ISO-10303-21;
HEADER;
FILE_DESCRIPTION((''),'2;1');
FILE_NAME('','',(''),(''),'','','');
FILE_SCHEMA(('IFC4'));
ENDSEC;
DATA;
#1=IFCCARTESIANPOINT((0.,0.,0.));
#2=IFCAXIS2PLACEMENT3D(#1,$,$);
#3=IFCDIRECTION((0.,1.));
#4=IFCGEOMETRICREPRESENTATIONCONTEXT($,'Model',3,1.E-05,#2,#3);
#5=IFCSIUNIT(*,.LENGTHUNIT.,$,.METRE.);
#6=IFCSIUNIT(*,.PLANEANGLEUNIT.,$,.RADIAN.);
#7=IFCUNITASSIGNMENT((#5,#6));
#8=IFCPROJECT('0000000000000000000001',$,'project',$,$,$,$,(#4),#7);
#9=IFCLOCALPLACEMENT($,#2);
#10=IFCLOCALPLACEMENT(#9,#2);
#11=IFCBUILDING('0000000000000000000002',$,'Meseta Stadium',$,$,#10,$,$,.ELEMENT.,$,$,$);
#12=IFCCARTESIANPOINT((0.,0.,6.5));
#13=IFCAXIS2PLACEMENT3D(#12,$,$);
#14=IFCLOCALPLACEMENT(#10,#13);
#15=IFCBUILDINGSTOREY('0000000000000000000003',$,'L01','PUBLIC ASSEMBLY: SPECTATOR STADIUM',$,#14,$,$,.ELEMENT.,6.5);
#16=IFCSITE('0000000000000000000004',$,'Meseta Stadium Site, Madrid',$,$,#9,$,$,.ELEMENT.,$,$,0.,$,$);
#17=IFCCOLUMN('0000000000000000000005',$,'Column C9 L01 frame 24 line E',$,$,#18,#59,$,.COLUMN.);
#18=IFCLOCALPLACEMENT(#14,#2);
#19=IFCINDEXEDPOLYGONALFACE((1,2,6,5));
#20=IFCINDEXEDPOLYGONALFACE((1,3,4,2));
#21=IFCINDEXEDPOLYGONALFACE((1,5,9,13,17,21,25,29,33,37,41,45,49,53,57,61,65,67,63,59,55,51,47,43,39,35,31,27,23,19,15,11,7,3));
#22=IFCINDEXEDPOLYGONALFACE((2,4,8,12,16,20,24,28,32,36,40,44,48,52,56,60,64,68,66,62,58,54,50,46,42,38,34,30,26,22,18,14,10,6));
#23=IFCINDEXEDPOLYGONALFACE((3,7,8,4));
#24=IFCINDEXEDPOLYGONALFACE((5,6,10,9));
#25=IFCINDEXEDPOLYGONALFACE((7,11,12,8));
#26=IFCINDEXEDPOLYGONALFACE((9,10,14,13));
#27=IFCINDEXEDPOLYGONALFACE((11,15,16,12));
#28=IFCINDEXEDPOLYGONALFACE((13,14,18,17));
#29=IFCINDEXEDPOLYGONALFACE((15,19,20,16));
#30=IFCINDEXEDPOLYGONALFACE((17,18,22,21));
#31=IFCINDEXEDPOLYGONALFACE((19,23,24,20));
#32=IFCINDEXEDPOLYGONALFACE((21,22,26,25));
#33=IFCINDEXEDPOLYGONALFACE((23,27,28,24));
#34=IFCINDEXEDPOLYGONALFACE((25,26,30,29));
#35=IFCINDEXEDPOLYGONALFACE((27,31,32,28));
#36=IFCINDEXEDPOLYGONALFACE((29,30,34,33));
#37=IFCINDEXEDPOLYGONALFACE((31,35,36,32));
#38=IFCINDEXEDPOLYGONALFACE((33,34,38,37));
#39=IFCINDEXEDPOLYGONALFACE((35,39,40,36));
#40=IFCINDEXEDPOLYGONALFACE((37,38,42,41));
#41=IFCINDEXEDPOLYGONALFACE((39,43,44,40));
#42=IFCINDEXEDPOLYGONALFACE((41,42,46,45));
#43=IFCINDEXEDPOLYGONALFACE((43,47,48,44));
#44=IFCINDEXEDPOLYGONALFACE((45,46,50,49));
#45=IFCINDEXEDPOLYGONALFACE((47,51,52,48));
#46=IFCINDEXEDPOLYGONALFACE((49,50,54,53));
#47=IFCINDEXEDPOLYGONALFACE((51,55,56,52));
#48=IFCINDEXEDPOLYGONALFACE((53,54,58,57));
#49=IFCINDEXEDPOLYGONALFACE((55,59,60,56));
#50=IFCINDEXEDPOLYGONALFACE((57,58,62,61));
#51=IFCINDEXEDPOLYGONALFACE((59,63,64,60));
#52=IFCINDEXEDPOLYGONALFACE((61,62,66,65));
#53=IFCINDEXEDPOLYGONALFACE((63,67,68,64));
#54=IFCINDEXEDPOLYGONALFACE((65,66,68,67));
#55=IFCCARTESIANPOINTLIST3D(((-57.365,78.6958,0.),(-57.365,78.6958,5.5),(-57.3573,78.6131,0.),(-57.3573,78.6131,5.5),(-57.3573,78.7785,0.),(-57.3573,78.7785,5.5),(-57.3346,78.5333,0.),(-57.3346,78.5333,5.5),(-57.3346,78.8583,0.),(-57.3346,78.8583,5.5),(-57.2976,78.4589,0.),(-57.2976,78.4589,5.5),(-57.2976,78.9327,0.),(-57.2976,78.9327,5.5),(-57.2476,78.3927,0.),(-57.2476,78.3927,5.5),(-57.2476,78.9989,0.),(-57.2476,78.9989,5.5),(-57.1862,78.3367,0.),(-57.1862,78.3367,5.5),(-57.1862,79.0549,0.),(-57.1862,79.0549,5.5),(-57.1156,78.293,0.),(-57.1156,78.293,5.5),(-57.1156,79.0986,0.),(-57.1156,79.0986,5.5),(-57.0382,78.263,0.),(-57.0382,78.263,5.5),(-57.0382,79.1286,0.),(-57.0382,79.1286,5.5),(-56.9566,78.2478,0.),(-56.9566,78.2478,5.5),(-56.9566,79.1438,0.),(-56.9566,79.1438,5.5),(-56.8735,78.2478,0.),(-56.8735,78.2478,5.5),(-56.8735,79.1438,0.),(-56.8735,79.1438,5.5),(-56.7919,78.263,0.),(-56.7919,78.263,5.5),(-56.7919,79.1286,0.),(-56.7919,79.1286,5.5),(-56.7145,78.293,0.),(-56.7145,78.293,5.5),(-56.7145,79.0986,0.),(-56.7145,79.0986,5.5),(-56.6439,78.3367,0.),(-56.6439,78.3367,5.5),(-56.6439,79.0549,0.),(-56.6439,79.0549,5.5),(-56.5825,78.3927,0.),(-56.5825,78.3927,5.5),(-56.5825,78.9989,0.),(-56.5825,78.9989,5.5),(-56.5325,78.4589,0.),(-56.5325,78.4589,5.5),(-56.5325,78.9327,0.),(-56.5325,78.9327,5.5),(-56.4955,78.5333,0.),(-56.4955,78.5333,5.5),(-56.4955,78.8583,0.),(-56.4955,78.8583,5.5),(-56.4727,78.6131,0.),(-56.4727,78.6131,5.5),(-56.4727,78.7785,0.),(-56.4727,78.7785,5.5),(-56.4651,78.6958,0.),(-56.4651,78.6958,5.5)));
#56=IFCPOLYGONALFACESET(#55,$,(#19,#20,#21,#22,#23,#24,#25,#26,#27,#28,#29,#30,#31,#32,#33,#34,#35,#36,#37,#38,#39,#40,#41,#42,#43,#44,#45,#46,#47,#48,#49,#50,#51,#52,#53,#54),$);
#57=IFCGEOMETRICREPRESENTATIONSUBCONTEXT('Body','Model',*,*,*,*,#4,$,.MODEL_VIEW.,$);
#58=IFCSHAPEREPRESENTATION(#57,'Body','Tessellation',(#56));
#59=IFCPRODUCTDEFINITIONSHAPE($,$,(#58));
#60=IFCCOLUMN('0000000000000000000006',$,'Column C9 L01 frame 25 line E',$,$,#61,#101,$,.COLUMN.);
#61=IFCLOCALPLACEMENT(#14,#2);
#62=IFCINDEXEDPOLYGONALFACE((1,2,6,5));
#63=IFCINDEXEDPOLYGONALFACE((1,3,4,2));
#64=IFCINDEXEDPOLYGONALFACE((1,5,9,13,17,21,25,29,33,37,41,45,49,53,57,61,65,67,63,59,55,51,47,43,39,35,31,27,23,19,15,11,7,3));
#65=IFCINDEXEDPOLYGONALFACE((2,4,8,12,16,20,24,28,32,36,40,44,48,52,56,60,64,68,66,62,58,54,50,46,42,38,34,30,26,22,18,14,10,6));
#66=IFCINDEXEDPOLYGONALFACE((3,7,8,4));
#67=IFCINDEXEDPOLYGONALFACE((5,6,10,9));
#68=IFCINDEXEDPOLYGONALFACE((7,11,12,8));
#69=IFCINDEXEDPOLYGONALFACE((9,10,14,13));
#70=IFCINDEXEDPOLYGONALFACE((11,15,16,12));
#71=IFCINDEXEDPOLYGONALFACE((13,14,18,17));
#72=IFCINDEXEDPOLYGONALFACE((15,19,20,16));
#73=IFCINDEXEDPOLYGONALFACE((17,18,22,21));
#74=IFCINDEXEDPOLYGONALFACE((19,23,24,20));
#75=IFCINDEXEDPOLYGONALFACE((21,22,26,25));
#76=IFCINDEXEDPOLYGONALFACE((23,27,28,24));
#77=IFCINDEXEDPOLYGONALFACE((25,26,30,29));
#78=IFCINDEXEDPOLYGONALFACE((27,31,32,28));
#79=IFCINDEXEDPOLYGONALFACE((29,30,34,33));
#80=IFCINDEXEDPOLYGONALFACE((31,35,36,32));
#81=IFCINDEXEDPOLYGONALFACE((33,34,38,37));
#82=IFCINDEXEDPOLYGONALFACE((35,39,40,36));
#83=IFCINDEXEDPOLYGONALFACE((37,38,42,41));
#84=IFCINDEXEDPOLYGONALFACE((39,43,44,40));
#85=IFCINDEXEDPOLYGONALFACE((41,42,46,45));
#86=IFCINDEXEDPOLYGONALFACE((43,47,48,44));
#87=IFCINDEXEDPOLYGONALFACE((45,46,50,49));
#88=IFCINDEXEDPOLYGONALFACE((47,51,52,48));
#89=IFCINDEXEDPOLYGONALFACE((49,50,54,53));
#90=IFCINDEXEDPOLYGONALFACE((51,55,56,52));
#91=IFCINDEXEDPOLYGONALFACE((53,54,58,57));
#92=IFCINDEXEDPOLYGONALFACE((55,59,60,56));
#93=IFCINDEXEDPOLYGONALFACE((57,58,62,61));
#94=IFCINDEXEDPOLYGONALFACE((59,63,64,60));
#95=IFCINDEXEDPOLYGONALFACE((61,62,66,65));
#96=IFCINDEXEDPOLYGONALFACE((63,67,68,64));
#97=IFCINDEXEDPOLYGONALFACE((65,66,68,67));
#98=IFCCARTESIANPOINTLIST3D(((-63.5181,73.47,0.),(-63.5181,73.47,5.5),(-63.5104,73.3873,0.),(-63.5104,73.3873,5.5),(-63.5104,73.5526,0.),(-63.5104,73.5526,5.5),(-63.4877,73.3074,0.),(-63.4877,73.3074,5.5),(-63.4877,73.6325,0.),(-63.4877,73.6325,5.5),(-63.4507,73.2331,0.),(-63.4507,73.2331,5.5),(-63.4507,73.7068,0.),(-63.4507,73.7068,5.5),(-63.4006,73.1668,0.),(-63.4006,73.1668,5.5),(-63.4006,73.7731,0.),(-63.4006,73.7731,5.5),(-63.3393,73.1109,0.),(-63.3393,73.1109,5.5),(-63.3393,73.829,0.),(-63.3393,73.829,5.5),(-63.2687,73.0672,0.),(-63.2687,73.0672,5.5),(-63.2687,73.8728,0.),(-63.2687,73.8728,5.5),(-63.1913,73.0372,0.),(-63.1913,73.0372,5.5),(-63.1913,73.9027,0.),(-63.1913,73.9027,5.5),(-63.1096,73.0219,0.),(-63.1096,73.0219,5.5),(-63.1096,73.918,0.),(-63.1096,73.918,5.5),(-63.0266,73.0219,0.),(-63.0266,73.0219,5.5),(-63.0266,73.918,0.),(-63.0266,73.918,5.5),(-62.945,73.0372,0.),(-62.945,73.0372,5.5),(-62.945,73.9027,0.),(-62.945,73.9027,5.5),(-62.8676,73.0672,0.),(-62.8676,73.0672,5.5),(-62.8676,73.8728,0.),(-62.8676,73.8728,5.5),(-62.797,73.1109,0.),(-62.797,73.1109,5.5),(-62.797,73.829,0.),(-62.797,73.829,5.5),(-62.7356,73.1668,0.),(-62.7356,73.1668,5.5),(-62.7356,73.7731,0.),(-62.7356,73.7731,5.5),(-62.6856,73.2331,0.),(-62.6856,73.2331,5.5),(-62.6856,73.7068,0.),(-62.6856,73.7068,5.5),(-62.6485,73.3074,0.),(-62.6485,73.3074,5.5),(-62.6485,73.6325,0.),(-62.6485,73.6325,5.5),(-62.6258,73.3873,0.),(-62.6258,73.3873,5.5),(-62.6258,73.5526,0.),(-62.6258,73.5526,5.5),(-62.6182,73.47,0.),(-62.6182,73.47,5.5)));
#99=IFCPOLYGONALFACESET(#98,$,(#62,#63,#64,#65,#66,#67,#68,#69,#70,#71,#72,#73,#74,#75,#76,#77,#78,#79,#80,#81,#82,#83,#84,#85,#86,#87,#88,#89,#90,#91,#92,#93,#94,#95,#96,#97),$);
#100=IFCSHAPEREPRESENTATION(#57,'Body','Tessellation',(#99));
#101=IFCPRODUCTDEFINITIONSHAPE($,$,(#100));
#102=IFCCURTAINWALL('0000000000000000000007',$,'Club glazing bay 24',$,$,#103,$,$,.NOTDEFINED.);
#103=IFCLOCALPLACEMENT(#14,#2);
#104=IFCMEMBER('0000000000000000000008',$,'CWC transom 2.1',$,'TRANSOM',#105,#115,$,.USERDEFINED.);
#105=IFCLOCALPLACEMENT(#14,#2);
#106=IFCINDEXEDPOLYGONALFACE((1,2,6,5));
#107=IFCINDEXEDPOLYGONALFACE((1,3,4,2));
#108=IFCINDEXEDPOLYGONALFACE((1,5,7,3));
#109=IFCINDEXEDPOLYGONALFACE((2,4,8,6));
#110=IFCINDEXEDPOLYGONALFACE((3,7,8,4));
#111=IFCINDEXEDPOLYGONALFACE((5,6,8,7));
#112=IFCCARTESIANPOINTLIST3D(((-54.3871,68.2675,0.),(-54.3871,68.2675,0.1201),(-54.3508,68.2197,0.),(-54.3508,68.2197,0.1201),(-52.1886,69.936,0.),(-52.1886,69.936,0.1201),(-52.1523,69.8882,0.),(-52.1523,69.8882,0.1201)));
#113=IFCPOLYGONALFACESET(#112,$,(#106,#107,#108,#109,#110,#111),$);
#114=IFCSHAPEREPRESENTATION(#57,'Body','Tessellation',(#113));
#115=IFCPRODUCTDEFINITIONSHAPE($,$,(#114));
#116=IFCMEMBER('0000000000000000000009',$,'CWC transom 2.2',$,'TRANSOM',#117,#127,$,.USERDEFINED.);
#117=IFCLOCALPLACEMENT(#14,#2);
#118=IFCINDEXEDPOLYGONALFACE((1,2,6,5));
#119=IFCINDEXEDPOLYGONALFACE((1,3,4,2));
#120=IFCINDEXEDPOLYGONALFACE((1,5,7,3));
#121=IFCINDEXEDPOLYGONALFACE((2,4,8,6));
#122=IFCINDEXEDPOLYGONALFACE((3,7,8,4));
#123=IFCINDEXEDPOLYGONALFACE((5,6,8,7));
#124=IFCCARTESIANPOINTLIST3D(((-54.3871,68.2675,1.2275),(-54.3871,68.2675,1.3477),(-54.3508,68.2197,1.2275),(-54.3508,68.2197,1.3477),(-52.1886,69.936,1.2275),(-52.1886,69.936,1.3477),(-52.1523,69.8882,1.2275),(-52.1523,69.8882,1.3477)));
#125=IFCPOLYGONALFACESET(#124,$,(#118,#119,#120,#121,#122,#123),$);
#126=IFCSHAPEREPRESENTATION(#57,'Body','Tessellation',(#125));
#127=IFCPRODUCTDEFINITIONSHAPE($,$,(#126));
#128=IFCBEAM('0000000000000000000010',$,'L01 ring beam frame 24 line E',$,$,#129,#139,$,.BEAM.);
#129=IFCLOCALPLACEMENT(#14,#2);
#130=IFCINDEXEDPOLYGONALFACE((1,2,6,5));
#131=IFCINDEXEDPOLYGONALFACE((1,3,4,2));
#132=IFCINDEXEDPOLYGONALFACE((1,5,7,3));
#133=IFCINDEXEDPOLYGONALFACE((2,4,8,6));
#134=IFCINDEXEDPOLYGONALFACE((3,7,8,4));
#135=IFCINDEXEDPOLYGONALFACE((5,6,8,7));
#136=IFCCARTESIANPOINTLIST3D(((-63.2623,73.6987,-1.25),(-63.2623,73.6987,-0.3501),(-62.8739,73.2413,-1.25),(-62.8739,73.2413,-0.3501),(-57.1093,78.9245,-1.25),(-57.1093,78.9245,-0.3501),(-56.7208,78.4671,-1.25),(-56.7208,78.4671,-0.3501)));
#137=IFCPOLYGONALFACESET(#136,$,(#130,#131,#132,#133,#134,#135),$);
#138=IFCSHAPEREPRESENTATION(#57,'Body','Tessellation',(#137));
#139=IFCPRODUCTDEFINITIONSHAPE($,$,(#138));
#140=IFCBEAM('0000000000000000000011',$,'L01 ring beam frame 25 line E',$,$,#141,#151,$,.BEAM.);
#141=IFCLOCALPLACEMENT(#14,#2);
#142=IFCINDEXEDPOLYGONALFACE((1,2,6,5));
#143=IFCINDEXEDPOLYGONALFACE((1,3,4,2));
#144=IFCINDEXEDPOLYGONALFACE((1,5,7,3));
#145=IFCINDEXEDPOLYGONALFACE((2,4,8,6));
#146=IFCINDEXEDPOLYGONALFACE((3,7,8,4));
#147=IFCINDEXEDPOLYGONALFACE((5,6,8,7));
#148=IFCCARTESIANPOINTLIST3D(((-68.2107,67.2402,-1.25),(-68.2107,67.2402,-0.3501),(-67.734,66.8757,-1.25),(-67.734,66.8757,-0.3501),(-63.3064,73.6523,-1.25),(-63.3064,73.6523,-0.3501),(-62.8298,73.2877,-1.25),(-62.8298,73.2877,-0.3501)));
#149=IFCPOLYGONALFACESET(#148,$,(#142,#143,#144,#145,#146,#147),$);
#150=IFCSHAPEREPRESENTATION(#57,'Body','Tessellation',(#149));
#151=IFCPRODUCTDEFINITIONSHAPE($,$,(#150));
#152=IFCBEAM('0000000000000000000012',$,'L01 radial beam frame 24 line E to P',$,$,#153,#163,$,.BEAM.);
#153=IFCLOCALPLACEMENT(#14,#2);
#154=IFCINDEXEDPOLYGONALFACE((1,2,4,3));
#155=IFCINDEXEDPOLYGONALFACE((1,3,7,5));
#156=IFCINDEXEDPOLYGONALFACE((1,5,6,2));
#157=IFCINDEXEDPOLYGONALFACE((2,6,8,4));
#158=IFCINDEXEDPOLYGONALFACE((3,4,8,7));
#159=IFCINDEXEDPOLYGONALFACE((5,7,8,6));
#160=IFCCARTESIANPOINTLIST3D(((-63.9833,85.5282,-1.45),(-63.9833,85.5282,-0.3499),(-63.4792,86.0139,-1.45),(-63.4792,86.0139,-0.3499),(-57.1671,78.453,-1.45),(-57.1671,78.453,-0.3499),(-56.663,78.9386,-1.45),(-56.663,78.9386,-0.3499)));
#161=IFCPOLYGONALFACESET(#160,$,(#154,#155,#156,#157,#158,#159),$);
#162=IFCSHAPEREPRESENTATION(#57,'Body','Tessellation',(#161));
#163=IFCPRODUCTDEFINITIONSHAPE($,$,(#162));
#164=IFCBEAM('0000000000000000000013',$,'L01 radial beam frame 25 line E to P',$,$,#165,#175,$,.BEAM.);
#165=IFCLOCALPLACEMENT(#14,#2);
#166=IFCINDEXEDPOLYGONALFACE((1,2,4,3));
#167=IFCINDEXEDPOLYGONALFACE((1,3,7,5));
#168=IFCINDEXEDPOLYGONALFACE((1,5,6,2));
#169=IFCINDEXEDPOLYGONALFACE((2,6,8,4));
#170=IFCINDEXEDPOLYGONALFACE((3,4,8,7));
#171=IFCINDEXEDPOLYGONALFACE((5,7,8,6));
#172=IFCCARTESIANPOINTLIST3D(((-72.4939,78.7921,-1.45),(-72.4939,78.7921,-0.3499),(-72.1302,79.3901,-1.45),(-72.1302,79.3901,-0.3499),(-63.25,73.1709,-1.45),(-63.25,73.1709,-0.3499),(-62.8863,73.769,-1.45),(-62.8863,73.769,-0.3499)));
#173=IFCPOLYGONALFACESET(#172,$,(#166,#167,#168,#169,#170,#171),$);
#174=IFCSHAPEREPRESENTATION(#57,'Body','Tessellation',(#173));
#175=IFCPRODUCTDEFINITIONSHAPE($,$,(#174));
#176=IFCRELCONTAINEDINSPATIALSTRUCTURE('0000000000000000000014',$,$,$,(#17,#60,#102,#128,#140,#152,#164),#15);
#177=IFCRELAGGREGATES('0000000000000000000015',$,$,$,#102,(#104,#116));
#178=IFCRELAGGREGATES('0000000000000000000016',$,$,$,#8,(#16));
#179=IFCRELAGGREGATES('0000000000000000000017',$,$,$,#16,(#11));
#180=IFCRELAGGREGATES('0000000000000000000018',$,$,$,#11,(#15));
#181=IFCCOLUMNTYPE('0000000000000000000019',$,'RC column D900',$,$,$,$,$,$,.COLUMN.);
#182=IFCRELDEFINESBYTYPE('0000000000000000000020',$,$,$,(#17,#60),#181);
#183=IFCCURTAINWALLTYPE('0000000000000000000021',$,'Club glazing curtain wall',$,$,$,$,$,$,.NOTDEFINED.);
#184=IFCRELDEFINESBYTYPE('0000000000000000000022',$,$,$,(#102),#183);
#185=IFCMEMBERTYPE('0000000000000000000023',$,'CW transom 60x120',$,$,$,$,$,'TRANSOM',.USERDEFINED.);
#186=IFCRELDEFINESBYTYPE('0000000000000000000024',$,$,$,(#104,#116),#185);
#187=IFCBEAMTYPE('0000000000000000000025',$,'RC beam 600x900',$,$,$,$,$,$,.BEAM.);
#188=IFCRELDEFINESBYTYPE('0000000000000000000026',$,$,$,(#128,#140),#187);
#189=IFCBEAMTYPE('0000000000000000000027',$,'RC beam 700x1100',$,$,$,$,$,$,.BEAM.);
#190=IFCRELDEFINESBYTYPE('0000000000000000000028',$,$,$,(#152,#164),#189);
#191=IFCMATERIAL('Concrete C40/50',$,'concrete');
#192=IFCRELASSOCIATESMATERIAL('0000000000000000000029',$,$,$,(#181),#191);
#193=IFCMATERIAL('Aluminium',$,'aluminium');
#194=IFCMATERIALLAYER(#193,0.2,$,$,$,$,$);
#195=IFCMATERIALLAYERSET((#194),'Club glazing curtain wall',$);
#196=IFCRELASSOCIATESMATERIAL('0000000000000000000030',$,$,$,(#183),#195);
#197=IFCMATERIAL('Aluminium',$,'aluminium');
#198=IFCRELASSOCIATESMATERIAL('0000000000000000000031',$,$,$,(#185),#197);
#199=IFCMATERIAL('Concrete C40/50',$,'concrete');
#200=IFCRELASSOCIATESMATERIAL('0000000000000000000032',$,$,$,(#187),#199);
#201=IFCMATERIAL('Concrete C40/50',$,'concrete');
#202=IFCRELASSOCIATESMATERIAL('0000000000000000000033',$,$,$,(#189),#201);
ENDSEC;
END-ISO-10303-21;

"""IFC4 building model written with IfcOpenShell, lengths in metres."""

from ifc_helpers import new_model, si_unit, direction, frame, origin, origin_2d, place, context, subcontext, project, spatial, rectangle, circle, extrude, material, layer, layer_set, material_profile, profile_set, type_object, element, aggregate, save


model = new_model("IFC4")

# Units and contexts
model_context = context("Model", 3, precision=1e-05, world=origin(), true_north=direction((0.0, 1.0)))
body_context = subcontext(model_context, "Body", "Model", "MODEL_VIEW")
ifc_project = project(units=[si_unit("LENGTHUNIT", "METRE"), si_unit("PLANEANGLEUNIT", "RADIAN")], contexts=[model_context])

# Site, building, storey
site_placement = place(None, origin())
site = spatial("IfcSite", under=ifc_project, at=site_placement, Name="Meseta Stadium Site, Madrid", CompositionType="ELEMENT", RefElevation=0.0)
building_placement = place(site_placement, origin())
building = spatial("IfcBuilding", under=site, at=building_placement, Name="Meseta Stadium", CompositionType="ELEMENT")
storey_placement = place(building_placement, frame((0.0, 0.0, 6.5)))
storey = spatial("IfcBuildingStorey", under=building, at=storey_placement, Name="L01", Description="PUBLIC ASSEMBLY: SPECTATOR STADIUM", CompositionType="ELEMENT", Elevation=6.5)

# Columns
ifc_material_1 = material(Name="Concrete C40/50", Category="concrete")
ifc_material_profile_1 = material_profile(ifc_material_1, circle(Radius=0.45, at=origin_2d()), Name="RC D900")
ifc_profile_set_1 = profile_set([ifc_material_profile_1], Name="Concrete C40/50")
column_type = type_object("IfcColumnType", Name="RC column D900", PredefinedType="COLUMN", material=ifc_profile_set_1)
for number, where, z_axis, x_axis, name in (
    (1, (-56.915, 78.6958, 0.0), (0.0, 0.0, 1.0), (1.0, 0.0, 0.0), "Column C9 L01 frame 24 line E"),
    (2, (-63.0681, 73.47, 0.0), (0.0, 0.0, 1.0), (1.0, 0.0, 0.0), "Column C9 L01 frame 25 line E"),
):
    element("IfcColumn", number, at=place(storey_placement, frame(where, z_axis=z_axis, x_axis=x_axis)), inside=storey, type_object=column_type, Name=name, PredefinedType="COLUMN", context=body_context, shape_type="SweptSolid", body=[
        extrude(circle(Radius=0.45, at=origin_2d()), origin(), (0.0, 0.0, 1.0), 5.5),
    ])

# Curtain wall, members
ifc_material_2 = material(Name="Aluminium", Category="aluminium")
ifc_layer_1 = layer(ifc_material_2, 0.2)
ifc_layer_set_1 = layer_set([ifc_layer_1], Name="Club glazing curtain wall")
curtain_wall_type = type_object("IfcCurtainWallType", Name="Club glazing curtain wall", PredefinedType="NOTDEFINED", material=ifc_layer_set_1)
curtain_wall_placement = place(storey_placement, origin())
curtain_wall = element("IfcCurtainWall", 3, at=curtain_wall_placement, inside=storey, type_object=curtain_wall_type, Name="Club glazing bay 24", PredefinedType="NOTDEFINED")
ifc_material_3 = material(Name="Aluminium", Category="aluminium")
ifc_material_profile_2 = material_profile(ifc_material_3, rectangle(XDim=0.0601, YDim=0.1201, at=origin_2d()), Name="CW 60x120")
ifc_profile_set_2 = profile_set([ifc_material_profile_2], Name="Aluminium")
member_type = type_object("IfcMemberType", Name="CW transom 60x120", ElementType="TRANSOM", PredefinedType="USERDEFINED", material=ifc_profile_set_2)
member_1_placement = place(storey_placement, frame((-52.1704, 69.9121, 0.0601), z_axis=(-0.79658, -0.604534, 0.0), x_axis=(0.604534, -0.79658, 0.0)))
member_1 = element("IfcMember", 4, at=member_1_placement, type_object=member_type, Name="CWC transom 2.1", ObjectType="TRANSOM", PredefinedType="USERDEFINED", context=body_context, shape_type="SweptSolid", body=[
    extrude(rectangle(XDim=0.0601, YDim=0.1201, at=origin_2d()), origin(), (0.0, 0.0, 1.0), 2.76),
])
member_2_placement = place(storey_placement, frame((-52.1704, 69.9121, 1.2876), z_axis=(-0.79658, -0.604534, 0.0), x_axis=(0.604534, -0.79658, 0.0)))
member_2 = element("IfcMember", 5, at=member_2_placement, type_object=member_type, Name="CWC transom 2.2", ObjectType="TRANSOM", PredefinedType="USERDEFINED", context=body_context, shape_type="SweptSolid", body=[
    extrude(rectangle(XDim=0.0601, YDim=0.1201, at=origin_2d()), origin(), (0.0, 0.0, 1.0), 2.76),
])
aggregate(curtain_wall, [member_1, member_2])

# Beams
ifc_material_4 = material(Name="Concrete C40/50", Category="concrete")
ifc_material_profile_3 = material_profile(ifc_material_4, rectangle(XDim=0.6001, YDim=0.8999, at=origin_2d()), Name="RC 600x900")
ifc_profile_set_3 = profile_set([ifc_material_profile_3], Name="Concrete C40/50")
beam_type_1 = type_object("IfcBeamType", Name="RC beam 600x900", PredefinedType="BEAM", material=ifc_profile_set_3)
beam_1_placement = place(storey_placement, frame((-56.915, 78.6958, -0.8), z_axis=(-0.762201, -0.64734, 0.0), x_axis=(0.64734, -0.762201, 0.0)))
element("IfcBeam", 6, at=beam_1_placement, inside=storey, type_object=beam_type_1, Name="L01 ring beam frame 24 line E", PredefinedType="BEAM", context=body_context, shape_type="SweptSolid", body=[
    extrude(rectangle(XDim=0.6001, YDim=0.8999, at=origin_2d()), origin(), (0.0, 0.0, 1.0), 8.0728),
])
beam_2_placement = place(storey_placement, frame((-63.0681, 73.47, -0.8), z_axis=(-0.607522, -0.794303, 0.0), x_axis=(0.794303, -0.607522, 0.0)))
element("IfcBeam", 7, at=beam_2_placement, inside=storey, type_object=beam_type_1, Name="L01 ring beam frame 25 line E", PredefinedType="BEAM", context=body_context, shape_type="SweptSolid", body=[
    extrude(rectangle(XDim=0.6001, YDim=0.8999, at=origin_2d()), origin(), (0.0, 0.0, 1.0), 8.0725),
])
ifc_material_5 = material(Name="Concrete C40/50", Category="concrete")
ifc_material_profile_4 = material_profile(ifc_material_5, rectangle(XDim=0.7, YDim=1.1001, at=origin_2d()), Name="RC 700x1100")
ifc_profile_set_4 = profile_set([ifc_material_profile_4], Name="Concrete C40/50")
beam_type_2 = type_object("IfcBeamType", Name="RC beam 700x1100", PredefinedType="BEAM", material=ifc_profile_set_4)
beam_3_placement = place(storey_placement, frame((-56.915, 78.6958, -0.8999), z_axis=(-0.693801, 0.720167, 0.0), x_axis=(-0.720167, -0.693801, 0.0)))
element("IfcBeam", 8, at=beam_3_placement, inside=storey, type_object=beam_type_2, Name="L01 radial beam frame 24 line E to P", PredefinedType="BEAM", context=body_context, shape_type="SweptSolid", body=[
    extrude(rectangle(XDim=0.7, YDim=1.1001, at=origin_2d()), origin(), (0.0, 0.0, 1.0), 9.8245),
])
beam_4_placement = place(storey_placement, frame((-63.0681, 73.47, -0.8999), z_axis=(-0.854429, 0.519567, 0.0), x_axis=(-0.519567, -0.854429, 0.0)))
element("IfcBeam", 9, at=beam_4_placement, inside=storey, type_object=beam_type_2, Name="L01 radial beam frame 25 line E to P", PredefinedType="BEAM", context=body_context, shape_type="SweptSolid", body=[
    extrude(rectangle(XDim=0.7, YDim=1.1001, at=origin_2d()), origin(), (0.0, 0.0, 1.0), 10.8188),
])

save(model, "model.ifc")
